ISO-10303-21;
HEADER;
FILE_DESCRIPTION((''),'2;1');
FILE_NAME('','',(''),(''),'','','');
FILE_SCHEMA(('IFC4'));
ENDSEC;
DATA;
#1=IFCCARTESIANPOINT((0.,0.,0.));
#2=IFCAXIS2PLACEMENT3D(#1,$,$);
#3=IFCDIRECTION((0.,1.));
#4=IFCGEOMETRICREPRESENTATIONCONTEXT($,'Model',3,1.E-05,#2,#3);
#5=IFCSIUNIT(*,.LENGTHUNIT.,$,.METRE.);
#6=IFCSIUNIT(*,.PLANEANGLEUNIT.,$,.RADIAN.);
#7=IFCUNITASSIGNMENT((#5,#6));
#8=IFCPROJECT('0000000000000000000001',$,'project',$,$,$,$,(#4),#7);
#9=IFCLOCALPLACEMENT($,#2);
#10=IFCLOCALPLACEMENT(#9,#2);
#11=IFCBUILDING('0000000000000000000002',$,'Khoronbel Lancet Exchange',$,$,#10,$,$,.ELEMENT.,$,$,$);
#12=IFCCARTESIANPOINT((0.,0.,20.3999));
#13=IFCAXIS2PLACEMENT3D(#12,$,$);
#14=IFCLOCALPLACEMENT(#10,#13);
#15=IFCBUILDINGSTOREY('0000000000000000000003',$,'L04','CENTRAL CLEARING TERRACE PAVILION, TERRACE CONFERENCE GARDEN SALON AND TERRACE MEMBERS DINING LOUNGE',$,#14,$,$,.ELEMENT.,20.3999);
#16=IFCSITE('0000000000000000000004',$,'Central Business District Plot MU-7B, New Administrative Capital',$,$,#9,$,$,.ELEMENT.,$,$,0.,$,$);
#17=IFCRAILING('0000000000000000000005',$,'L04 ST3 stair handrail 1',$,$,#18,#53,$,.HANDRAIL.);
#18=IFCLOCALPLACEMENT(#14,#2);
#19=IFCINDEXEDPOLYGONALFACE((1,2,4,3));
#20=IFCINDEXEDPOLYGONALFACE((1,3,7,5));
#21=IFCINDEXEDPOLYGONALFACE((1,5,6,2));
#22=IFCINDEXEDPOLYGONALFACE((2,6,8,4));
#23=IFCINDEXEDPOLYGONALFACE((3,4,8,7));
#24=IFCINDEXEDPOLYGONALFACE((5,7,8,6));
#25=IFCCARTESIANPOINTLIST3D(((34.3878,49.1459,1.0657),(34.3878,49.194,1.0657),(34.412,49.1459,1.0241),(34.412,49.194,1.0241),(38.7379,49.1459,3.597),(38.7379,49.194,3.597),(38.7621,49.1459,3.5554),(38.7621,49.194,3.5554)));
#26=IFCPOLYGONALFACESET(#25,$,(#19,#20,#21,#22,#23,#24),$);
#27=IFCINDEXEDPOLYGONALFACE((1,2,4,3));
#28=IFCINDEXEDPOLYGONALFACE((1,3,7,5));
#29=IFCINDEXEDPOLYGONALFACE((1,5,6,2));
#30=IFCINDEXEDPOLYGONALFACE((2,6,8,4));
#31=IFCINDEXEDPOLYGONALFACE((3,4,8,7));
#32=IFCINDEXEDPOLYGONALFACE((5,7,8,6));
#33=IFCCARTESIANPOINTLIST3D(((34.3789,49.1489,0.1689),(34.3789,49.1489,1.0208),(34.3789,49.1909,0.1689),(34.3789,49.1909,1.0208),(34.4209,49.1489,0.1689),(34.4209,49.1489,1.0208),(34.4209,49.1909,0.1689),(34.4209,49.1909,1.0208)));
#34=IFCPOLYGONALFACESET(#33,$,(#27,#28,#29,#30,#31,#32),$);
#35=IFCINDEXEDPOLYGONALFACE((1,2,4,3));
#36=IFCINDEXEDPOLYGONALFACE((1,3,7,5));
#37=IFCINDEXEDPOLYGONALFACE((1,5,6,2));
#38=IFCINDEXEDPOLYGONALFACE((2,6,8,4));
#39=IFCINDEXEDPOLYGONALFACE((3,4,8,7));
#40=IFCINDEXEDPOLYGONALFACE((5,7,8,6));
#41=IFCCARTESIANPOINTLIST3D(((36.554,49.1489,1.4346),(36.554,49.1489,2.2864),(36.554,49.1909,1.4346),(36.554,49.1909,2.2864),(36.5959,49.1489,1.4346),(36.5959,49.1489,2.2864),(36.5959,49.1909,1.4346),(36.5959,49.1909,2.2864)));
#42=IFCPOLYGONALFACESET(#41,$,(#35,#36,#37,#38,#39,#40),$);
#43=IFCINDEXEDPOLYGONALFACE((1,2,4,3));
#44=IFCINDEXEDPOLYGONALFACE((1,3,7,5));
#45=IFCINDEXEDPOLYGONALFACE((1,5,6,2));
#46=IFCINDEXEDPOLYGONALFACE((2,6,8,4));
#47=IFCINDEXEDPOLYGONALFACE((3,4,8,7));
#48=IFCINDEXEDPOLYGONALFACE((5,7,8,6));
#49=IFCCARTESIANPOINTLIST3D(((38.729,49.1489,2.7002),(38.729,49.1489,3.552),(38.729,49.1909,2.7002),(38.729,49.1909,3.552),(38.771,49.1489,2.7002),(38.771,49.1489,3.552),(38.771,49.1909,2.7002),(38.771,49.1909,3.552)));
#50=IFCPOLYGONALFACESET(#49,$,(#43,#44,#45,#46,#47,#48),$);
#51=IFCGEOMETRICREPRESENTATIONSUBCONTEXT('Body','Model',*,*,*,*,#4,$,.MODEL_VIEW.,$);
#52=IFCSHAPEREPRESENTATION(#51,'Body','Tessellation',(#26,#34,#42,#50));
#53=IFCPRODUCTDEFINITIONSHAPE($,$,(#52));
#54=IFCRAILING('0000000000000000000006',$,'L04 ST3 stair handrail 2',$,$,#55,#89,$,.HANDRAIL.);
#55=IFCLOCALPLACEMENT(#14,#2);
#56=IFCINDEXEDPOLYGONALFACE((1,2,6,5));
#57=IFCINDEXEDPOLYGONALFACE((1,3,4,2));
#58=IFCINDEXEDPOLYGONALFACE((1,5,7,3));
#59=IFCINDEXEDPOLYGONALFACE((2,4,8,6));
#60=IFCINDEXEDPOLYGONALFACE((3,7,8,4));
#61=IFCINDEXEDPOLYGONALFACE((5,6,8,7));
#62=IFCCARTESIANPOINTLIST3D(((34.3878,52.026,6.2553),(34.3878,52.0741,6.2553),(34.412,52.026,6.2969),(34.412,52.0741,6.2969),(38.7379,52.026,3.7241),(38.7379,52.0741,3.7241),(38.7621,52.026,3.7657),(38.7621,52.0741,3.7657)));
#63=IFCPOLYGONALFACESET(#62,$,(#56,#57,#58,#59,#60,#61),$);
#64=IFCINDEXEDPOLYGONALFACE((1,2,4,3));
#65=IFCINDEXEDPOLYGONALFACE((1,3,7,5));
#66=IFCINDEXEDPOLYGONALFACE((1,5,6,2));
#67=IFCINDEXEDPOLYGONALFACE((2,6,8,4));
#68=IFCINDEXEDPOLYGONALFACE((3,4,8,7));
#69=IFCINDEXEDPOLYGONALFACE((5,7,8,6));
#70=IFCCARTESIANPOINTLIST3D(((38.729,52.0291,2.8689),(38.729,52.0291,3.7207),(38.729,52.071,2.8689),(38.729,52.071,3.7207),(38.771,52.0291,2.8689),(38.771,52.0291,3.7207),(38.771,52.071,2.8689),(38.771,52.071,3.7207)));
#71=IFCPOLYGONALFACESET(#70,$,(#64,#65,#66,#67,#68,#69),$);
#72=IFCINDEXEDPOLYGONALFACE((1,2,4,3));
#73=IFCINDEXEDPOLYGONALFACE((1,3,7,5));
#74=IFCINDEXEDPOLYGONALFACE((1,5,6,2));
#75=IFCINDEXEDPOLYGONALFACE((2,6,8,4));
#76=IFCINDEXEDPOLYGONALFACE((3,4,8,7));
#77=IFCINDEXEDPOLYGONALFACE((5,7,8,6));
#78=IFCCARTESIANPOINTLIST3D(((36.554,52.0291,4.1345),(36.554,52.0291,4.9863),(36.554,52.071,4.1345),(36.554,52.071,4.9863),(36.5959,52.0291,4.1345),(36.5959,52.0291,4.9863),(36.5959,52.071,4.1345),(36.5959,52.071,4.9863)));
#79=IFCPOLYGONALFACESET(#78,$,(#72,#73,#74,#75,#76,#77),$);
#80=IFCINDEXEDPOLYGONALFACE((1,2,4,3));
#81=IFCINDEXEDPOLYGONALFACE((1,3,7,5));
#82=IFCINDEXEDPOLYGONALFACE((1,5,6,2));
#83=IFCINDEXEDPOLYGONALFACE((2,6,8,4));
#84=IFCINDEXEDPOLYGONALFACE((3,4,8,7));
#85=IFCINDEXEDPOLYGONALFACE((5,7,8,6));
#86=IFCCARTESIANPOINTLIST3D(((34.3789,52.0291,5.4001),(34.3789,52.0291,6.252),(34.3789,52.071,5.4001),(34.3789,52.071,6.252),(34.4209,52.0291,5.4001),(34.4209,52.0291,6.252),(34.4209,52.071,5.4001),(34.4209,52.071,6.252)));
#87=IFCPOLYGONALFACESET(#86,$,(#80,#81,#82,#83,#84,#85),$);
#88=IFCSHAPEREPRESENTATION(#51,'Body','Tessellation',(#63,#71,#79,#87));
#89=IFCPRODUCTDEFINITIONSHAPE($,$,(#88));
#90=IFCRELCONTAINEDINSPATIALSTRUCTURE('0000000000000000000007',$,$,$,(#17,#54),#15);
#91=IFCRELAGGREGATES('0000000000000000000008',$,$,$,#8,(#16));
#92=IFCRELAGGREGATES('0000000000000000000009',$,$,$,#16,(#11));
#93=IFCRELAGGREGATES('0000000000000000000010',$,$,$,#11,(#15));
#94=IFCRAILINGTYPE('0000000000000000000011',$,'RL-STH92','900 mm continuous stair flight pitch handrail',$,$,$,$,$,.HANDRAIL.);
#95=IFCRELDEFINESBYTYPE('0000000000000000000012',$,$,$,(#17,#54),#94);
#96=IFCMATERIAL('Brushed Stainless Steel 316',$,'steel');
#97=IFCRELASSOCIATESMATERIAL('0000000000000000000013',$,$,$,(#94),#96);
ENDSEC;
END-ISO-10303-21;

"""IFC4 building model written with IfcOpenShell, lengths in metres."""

from ifc_helpers import new_model, si_unit, direction, frame, origin, origin_2d, place, context, subcontext, project, spatial, rectangle, extrude, material, type_object, element, save


model = new_model("IFC4")

# Units and contexts
model_context = context("Model", 3, precision=1e-05, world=origin(), true_north=direction((0.0, 1.0)))
body_context = subcontext(model_context, "Body", "Model", "MODEL_VIEW")
ifc_project = project(units=[si_unit("LENGTHUNIT", "METRE"), si_unit("PLANEANGLEUNIT", "RADIAN")], contexts=[model_context])

# Site, building, storey
site_placement = place(None, origin())
site = spatial("IfcSite", under=ifc_project, at=site_placement, Name="Central Business District Plot MU-7B, New Administrative Capital", CompositionType="ELEMENT", RefElevation=0.0)
building_placement = place(site_placement, origin())
building = spatial("IfcBuilding", under=site, at=building_placement, Name="Khoronbel Lancet Exchange", CompositionType="ELEMENT")
storey_placement = place(building_placement, frame((0.0, 0.0, 20.3999)))
storey = spatial("IfcBuildingStorey", under=building, at=storey_placement, Name="L04", Description="CENTRAL CLEARING TERRACE PAVILION, TERRACE CONFERENCE GARDEN SALON AND TERRACE MEMBERS DINING LOUNGE", CompositionType="ELEMENT", Elevation=20.3999)

# Railings
ifc_material_1 = material(Name="Brushed Stainless Steel 316", Category="steel")
railing_type_1 = type_object("IfcRailingType", Name="RL-STH92", Description="900 mm continuous stair flight pitch handrail", PredefinedType="HANDRAIL", material=ifc_material_1)
railing_1_placement = place(storey_placement, frame((34.3999, 49.1699, 0.1689)))
element("IfcRailing", 1, at=railing_1_placement, inside=storey, type_object=railing_type_1, Name="L04 ST3 stair handrail 1", PredefinedType="HANDRAIL", context=body_context, shape_type="SweptSolid", body=[
    extrude(rectangle(XDim=0.0481, YDim=0.0481, at=origin_2d()), frame((0.0, 0.0, 0.876), z_axis=(0.864324, 0.0, 0.502936), x_axis=(0.0, 1.0, 0.0)), (0.0, 0.0, 1.0), 5.033),
    extrude(rectangle(XDim=0.042, YDim=0.042, at=origin_2d()), origin(), (0.0, 0.0, 1.0), 0.8518),
    extrude(rectangle(XDim=0.042, YDim=0.042, at=origin_2d()), frame((2.175, 0.0, 1.2656)), (0.0, 0.0, 1.0), 0.8518),
    extrude(rectangle(XDim=0.042, YDim=0.042, at=origin_2d()), frame((4.3501, 0.0, 2.5312)), (0.0, 0.0, 1.0), 0.8518),
])
railing_2_placement = place(storey_placement, frame((38.75, 52.05, 2.8689)))
element("IfcRailing", 2, at=railing_2_placement, inside=storey, type_object=railing_type_1, Name="L04 ST3 stair handrail 2", PredefinedType="HANDRAIL", context=body_context, shape_type="SweptSolid", body=[
    extrude(rectangle(XDim=0.0481, YDim=0.0481, at=origin_2d()), frame((0.0, 0.0, 0.876), z_axis=(-0.864324, 0.0, 0.502936), x_axis=(0.0, -1.0, 0.0)), (0.0, 0.0, 1.0), 5.033),
    extrude(rectangle(XDim=0.042, YDim=0.042, at=origin_2d()), origin(), (0.0, 0.0, 1.0), 0.8518),
    extrude(rectangle(XDim=0.042, YDim=0.042, at=origin_2d()), frame((-2.175, 0.0, 1.2656)), (0.0, 0.0, 1.0), 0.8518),
    extrude(rectangle(XDim=0.042, YDim=0.042, at=origin_2d()), frame((-4.3501, 0.0, 2.5312)), (0.0, 0.0, 1.0), 0.8518),
])

save(model, "model.ifc")
